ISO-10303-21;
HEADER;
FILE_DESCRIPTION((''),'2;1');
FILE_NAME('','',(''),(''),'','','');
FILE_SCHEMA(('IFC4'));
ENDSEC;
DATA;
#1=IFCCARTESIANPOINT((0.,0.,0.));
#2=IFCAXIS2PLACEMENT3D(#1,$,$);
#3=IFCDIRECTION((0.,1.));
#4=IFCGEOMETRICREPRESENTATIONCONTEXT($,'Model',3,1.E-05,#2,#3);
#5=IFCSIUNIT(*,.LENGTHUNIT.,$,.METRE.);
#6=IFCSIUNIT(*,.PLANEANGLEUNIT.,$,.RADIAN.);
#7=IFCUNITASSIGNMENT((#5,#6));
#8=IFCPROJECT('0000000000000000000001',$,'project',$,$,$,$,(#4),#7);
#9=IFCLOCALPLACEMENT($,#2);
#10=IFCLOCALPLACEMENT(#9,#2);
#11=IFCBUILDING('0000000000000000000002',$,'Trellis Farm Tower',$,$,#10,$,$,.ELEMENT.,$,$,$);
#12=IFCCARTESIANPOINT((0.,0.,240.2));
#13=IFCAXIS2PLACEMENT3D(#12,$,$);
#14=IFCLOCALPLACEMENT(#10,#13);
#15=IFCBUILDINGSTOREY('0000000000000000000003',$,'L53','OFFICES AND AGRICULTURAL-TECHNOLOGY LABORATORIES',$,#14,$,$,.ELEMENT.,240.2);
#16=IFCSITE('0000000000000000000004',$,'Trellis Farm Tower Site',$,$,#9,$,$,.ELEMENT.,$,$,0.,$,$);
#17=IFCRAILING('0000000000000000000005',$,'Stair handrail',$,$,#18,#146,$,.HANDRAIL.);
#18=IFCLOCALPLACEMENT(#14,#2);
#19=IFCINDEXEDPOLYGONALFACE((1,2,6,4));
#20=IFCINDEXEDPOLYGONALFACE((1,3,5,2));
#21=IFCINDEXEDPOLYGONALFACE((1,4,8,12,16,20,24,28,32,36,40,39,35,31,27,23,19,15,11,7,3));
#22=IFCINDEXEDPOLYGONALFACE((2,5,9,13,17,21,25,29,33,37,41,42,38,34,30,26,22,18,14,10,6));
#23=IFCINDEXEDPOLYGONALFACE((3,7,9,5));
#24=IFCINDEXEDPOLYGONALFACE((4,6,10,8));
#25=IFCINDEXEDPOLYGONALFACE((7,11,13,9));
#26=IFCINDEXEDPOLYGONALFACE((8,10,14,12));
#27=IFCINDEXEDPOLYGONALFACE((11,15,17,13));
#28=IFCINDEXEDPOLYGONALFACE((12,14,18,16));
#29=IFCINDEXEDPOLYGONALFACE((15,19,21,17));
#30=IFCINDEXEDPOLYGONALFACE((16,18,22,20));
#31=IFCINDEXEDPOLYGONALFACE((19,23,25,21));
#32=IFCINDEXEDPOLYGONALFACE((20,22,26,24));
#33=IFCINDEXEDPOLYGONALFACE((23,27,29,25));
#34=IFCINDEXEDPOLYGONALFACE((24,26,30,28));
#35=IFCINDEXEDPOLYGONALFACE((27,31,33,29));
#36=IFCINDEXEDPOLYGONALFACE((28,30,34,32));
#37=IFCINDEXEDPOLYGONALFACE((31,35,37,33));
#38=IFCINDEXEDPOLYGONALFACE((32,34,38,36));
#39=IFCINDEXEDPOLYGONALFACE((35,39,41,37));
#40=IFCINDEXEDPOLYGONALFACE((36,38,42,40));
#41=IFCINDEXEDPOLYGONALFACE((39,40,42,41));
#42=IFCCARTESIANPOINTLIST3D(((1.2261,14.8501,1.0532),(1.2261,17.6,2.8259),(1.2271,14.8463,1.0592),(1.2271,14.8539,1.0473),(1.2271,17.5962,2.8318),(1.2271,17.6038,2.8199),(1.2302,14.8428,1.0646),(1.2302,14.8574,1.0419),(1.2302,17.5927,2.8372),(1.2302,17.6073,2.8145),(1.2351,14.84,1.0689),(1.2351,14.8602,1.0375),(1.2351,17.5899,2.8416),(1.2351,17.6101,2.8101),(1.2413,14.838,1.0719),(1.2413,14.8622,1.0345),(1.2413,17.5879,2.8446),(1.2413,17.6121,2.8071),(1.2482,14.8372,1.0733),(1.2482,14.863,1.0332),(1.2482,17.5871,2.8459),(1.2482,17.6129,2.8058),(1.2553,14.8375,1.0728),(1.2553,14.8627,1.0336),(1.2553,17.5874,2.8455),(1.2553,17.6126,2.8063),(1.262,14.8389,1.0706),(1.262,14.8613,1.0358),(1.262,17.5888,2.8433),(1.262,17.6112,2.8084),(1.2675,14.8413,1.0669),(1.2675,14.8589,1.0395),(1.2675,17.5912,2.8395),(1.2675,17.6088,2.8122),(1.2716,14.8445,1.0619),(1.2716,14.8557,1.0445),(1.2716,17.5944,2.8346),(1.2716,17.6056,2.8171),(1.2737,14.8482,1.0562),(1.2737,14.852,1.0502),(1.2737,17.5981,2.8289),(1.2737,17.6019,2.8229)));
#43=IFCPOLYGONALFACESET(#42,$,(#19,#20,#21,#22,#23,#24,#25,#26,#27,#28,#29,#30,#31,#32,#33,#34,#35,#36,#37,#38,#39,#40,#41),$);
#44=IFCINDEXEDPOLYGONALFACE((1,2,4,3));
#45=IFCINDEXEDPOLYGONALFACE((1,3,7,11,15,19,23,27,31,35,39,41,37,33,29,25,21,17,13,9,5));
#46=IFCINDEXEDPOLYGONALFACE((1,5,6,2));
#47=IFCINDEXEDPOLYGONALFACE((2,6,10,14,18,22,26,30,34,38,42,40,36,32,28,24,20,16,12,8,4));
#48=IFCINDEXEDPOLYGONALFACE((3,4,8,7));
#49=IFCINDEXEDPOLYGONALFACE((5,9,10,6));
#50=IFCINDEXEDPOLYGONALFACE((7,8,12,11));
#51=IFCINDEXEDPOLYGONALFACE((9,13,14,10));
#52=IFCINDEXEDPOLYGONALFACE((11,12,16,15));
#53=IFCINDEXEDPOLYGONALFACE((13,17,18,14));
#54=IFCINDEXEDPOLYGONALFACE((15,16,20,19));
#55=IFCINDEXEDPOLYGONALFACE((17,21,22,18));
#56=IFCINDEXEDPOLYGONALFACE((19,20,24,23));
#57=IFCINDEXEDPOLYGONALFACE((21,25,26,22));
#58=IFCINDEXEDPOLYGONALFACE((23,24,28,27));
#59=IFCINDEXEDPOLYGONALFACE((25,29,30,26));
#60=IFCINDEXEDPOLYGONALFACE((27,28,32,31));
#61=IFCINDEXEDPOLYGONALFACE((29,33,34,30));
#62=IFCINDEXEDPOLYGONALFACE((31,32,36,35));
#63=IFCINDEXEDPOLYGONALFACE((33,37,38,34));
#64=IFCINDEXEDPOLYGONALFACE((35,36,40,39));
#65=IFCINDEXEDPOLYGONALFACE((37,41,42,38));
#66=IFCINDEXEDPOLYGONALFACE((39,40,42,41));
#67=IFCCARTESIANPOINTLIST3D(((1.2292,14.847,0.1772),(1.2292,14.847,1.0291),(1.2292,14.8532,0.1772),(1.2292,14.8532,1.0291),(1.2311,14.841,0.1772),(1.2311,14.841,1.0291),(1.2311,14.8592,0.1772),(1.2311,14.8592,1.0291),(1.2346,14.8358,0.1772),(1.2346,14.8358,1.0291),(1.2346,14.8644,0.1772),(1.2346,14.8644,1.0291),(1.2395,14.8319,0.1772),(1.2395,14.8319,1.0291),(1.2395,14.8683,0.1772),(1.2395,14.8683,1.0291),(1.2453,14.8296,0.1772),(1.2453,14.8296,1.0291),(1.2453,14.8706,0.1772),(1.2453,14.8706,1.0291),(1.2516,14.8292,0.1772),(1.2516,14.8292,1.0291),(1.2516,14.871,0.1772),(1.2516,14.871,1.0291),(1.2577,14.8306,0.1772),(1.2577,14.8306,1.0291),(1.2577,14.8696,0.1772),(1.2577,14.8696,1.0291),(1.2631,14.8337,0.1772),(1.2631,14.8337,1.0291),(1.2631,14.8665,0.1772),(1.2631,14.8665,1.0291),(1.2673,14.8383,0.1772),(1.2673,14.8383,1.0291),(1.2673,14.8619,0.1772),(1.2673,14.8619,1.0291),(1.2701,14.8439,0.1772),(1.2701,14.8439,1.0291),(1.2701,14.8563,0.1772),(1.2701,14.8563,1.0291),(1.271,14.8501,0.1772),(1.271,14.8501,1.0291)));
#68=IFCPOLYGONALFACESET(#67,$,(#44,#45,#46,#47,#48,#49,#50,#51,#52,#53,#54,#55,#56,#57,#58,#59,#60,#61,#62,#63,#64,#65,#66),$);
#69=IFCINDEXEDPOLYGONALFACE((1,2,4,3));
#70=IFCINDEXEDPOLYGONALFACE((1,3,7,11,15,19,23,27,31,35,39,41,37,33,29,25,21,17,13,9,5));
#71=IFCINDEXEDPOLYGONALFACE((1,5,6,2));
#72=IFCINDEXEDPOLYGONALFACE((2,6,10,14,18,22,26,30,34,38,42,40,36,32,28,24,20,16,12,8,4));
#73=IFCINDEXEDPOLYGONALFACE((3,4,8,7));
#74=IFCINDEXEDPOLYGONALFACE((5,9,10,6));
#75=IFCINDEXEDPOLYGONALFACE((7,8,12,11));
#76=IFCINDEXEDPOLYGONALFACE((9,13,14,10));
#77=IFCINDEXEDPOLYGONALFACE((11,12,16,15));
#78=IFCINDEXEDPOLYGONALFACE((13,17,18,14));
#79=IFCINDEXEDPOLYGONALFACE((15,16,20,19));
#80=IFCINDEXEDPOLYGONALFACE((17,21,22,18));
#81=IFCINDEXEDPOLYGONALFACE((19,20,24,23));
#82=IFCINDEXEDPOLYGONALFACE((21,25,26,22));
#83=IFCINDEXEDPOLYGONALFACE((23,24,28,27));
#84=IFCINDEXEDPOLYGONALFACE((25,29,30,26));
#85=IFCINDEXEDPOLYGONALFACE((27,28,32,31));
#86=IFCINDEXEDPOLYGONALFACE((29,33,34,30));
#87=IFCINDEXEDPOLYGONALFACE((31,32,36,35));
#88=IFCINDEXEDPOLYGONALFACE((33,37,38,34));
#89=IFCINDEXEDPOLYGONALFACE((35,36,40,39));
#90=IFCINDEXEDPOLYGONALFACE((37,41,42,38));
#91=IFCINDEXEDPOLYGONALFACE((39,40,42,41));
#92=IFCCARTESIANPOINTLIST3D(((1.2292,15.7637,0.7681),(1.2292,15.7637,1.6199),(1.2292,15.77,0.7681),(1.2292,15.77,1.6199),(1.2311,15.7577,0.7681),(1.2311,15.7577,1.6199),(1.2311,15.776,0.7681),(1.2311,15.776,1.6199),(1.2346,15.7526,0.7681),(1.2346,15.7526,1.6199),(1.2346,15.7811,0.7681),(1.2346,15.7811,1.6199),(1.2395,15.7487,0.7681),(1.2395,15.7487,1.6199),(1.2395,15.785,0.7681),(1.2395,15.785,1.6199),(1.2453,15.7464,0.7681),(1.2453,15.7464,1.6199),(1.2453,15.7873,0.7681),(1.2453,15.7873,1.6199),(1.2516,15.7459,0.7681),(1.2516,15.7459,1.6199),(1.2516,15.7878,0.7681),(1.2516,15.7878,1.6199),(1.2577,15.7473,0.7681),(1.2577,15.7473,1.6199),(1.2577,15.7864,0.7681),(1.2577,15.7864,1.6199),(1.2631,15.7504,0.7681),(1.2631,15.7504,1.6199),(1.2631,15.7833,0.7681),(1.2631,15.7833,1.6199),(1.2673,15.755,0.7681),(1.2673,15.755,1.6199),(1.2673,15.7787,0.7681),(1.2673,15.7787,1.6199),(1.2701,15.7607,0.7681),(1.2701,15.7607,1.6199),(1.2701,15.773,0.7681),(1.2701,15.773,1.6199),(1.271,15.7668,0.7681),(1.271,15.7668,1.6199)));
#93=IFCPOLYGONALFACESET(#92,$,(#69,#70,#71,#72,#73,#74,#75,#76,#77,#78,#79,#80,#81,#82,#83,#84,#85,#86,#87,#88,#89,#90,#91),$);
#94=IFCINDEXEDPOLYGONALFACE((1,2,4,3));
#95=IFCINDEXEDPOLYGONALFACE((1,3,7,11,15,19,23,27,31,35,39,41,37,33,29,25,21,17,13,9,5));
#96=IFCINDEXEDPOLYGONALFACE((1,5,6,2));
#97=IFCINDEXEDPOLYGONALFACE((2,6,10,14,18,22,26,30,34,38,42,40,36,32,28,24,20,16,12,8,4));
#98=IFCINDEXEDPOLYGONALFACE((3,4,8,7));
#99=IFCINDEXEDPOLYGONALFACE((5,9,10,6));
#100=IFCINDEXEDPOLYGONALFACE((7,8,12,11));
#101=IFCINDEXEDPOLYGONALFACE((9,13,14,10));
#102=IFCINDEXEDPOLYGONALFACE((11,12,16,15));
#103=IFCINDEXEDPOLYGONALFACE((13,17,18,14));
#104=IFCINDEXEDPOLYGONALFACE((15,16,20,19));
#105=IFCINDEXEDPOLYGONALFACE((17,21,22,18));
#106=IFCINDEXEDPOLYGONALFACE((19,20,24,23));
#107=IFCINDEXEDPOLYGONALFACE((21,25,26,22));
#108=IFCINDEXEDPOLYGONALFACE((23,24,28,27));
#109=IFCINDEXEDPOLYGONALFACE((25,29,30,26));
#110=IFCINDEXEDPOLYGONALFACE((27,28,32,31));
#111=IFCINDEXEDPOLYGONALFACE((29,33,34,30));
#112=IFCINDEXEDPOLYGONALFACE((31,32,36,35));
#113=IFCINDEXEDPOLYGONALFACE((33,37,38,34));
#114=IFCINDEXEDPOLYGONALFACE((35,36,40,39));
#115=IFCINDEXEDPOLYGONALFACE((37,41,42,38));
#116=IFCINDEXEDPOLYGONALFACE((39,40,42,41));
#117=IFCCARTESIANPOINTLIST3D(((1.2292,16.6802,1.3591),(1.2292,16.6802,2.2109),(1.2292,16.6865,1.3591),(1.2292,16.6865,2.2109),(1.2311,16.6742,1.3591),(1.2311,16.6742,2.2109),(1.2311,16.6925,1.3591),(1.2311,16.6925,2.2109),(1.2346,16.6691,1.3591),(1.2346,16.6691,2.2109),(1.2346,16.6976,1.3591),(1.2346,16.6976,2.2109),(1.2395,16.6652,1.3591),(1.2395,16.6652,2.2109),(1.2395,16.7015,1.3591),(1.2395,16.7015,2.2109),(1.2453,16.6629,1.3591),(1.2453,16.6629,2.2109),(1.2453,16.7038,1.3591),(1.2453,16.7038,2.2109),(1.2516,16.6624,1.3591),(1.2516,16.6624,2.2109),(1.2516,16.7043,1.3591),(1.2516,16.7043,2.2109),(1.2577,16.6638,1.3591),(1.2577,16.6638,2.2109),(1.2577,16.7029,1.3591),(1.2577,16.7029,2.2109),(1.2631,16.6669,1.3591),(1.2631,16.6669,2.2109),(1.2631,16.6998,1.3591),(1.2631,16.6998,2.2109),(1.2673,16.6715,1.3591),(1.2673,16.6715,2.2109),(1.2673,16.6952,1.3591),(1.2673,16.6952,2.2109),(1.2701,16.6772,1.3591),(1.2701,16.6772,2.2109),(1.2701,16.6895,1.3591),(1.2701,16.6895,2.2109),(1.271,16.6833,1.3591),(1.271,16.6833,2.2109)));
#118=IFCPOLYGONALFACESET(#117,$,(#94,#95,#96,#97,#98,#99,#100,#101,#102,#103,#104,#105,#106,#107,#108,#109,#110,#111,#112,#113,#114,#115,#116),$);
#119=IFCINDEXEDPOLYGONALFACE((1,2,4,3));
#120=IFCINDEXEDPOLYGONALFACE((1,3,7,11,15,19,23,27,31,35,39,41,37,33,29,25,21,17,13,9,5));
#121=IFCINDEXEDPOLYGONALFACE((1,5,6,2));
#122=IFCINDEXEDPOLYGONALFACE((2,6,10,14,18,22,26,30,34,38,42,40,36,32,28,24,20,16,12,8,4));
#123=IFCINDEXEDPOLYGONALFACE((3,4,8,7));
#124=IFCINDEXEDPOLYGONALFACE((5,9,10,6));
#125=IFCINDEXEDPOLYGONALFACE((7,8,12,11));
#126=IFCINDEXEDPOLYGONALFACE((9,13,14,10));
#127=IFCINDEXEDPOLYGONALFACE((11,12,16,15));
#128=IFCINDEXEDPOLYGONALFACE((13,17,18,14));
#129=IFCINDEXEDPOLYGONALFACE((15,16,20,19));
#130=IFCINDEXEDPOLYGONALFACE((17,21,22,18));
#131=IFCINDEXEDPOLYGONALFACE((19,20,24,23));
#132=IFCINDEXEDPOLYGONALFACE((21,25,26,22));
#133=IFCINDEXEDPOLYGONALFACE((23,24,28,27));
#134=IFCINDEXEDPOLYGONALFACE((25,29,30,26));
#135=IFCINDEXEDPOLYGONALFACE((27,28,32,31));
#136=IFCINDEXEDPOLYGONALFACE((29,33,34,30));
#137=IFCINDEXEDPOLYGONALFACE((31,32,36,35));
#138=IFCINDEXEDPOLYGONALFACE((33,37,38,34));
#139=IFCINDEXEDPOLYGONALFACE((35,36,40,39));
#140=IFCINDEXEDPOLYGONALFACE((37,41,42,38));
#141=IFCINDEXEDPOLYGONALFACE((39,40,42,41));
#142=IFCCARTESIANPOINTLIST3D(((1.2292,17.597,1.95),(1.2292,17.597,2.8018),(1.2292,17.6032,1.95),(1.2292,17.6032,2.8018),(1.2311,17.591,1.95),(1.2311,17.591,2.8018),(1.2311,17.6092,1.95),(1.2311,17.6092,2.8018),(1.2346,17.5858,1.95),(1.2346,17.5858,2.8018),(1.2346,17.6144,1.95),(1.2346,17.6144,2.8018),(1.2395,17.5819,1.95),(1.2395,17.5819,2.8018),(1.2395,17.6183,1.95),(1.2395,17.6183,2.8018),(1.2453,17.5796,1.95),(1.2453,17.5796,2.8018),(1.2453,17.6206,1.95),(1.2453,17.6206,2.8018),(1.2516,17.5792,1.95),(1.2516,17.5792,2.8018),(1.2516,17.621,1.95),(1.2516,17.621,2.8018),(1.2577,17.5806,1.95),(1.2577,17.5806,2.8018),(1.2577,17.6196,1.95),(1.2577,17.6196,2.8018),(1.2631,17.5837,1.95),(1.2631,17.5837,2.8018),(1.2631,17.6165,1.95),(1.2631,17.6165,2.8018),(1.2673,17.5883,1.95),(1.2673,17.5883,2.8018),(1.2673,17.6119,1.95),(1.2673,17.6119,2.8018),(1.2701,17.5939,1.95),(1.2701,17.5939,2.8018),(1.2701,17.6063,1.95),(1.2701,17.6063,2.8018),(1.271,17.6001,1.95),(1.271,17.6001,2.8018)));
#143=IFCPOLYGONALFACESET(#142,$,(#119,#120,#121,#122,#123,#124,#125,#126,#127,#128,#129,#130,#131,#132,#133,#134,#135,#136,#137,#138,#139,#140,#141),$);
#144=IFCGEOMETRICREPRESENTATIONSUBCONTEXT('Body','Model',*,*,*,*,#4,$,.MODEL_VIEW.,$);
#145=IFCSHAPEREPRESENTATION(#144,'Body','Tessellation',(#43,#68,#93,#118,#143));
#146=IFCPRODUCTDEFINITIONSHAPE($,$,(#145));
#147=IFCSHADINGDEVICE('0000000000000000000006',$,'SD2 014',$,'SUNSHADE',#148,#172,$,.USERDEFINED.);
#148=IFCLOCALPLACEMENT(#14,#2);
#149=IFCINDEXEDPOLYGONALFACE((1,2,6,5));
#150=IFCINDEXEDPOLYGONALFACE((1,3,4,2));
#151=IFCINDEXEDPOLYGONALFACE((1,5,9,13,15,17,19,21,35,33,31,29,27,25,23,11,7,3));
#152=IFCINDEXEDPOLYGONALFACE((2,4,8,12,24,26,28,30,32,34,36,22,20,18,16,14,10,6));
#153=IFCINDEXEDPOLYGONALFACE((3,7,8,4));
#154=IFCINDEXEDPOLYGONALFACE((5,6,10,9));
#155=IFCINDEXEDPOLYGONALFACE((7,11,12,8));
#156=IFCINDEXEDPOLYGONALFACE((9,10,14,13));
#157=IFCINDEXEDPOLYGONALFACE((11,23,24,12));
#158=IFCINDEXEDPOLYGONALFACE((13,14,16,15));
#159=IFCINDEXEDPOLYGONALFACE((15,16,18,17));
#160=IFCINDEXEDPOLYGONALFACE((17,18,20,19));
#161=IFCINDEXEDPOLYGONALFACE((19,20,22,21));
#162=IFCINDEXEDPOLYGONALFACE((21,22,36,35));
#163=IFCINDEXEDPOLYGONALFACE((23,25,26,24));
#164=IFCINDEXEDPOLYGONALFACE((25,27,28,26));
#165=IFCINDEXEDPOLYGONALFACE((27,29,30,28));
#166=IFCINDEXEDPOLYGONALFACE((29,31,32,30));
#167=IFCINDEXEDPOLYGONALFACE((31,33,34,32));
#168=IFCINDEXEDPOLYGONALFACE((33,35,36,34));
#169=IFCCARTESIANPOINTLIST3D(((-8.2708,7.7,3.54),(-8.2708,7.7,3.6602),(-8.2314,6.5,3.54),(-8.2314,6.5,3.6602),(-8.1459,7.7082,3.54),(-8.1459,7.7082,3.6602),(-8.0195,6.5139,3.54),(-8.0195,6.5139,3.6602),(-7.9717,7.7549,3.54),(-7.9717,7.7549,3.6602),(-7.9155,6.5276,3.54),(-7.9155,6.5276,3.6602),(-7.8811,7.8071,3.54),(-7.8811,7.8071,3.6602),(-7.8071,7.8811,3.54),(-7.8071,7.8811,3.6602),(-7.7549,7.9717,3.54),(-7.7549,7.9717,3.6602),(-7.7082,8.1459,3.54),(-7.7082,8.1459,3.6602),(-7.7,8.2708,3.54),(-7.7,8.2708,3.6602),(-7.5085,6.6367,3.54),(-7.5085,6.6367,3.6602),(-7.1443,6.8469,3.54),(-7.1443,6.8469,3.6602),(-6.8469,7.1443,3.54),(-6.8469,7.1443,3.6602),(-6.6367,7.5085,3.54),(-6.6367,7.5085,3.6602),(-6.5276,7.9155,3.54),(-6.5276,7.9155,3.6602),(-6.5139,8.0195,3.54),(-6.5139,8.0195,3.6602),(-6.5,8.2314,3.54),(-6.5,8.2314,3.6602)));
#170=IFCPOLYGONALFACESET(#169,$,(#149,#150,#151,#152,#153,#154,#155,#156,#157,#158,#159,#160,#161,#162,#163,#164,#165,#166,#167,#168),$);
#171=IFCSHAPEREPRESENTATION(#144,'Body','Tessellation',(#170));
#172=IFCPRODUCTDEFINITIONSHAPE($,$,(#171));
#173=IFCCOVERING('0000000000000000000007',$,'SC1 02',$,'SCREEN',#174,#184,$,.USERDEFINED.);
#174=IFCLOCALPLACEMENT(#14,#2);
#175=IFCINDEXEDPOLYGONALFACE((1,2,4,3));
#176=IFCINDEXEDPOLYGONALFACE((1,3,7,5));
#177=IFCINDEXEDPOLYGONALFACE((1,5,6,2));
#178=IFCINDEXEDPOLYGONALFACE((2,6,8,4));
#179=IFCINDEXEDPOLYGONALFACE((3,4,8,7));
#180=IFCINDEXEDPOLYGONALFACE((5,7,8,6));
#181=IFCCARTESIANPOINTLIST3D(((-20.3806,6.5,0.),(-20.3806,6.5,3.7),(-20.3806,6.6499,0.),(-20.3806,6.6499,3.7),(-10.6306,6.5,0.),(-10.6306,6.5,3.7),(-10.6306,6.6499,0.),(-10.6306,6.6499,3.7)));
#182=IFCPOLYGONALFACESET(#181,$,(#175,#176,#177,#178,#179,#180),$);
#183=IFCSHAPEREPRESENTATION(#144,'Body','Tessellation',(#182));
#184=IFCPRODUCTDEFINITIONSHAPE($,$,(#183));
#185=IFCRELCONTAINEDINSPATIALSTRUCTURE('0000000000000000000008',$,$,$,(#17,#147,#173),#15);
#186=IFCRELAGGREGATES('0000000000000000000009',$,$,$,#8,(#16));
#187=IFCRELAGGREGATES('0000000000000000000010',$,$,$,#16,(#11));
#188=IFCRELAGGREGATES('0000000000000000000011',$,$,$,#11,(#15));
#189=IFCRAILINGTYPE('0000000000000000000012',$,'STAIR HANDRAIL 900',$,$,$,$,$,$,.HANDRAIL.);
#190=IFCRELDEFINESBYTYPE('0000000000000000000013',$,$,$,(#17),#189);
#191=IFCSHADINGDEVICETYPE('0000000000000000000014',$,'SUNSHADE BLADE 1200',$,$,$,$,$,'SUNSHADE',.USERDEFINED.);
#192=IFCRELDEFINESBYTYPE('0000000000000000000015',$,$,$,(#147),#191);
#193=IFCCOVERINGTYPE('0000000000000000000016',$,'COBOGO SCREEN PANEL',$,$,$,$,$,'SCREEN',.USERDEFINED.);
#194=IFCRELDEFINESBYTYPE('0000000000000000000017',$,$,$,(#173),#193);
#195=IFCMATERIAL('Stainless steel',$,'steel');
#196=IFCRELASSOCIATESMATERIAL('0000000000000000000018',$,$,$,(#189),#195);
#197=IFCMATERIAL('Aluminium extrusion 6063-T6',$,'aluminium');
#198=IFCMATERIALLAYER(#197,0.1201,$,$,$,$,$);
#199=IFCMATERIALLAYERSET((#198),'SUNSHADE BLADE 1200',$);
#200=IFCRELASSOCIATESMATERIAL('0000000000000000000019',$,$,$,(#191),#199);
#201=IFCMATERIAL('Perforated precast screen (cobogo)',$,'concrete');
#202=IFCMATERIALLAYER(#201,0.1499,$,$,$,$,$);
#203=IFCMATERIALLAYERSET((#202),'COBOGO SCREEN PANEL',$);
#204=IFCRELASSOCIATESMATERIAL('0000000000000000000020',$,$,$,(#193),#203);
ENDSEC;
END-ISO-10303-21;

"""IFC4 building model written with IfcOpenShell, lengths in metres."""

from ifc_helpers import new_model, si_unit, direction, frame, origin, origin_2d, place, context, subcontext, project, spatial, polyline, circle, outline, extrude, source, transform, mapped, material, layer, layer_set, type_object, element, save


model = new_model("IFC4")

# Units and contexts
model_context = context("Model", 3, precision=1e-05, world=origin(), true_north=direction((0.0, 1.0)))
body_context = subcontext(model_context, "Body", "Model", "MODEL_VIEW")
ifc_project = project(units=[si_unit("LENGTHUNIT", "METRE"), si_unit("PLANEANGLEUNIT", "RADIAN")], contexts=[model_context])

# Site, building, storey
site_placement = place(None, origin())
site = spatial("IfcSite", under=ifc_project, at=site_placement, Name="Trellis Farm Tower Site", CompositionType="ELEMENT", RefElevation=0.0)
building_placement = place(site_placement, origin())
building = spatial("IfcBuilding", under=site, at=building_placement, Name="Trellis Farm Tower", CompositionType="ELEMENT")
storey_placement = place(building_placement, frame((0.0, 0.0, 240.2)))
storey = spatial("IfcBuildingStorey", under=building, at=storey_placement, Name="L53", Description="OFFICES AND AGRICULTURAL-TECHNOLOGY LABORATORIES", CompositionType="ELEMENT", Elevation=240.2)

# Shared definitions
placement_1 = place(storey_placement, origin())
ifc_material_1 = material(Name="Aluminium extrusion 6063-T6", Category="aluminium")

# Railing
ifc_material_2 = material(Name="Stainless steel", Category="steel")
railing_type = type_object("IfcRailingType", Name="STAIR HANDRAIL 900", PredefinedType="HANDRAIL", material=ifc_material_2)
shared_shape_1 = source(origin(), body_context, "Body", "SweptSolid", [
    extrude(circle(Radius=0.0239, at=origin_2d()), frame((0.0, 0.0, 0.876), z_axis=(0.0, 0.840504, 0.541806), x_axis=(-1.0, 0.0, 0.0)), (0.0, 0.0, 1.0), 3.2717),
    extrude(circle(Radius=0.021, at=origin_2d()), origin(), (0.0, 0.0, 1.0), 0.8518),
    extrude(circle(Radius=0.021, at=origin_2d()), frame((0.0, 0.9167, 0.5908)), (0.0, 0.0, 1.0), 0.8518),
    extrude(circle(Radius=0.021, at=origin_2d()), frame((0.0, 1.8333, 1.1819)), (0.0, 0.0, 1.0), 0.8518),
    extrude(circle(Radius=0.021, at=origin_2d()), frame((0.0, 2.75, 1.7727)), (0.0, 0.0, 1.0), 0.8518),
])
railing_placement = place(storey_placement, frame((1.25, 14.8501, 0.1772)))
element("IfcRailing", 1, at=railing_placement, inside=storey, type_object=railing_type, Name="Stair handrail", PredefinedType="HANDRAIL", context=body_context, shape_type="MappedRepresentation", body=[
    mapped(shared_shape_1, transform((0.0, 0.0, 0.0))),
])

# Shading device
ifc_layer_1 = layer(ifc_material_1, 0.1201)
ifc_layer_set_1 = layer_set([ifc_layer_1], Name="SUNSHADE BLADE 1200")
shading_device_type_1 = type_object("IfcShadingDeviceType", Name="SUNSHADE BLADE 1200", ElementType="SUNSHADE", PredefinedType="USERDEFINED", material=ifc_layer_set_1)
shared_shape_2 = source(origin(), body_context, "Body", "SweptSolid", [
    extrude(outline(polyline([(-7.7, 8.2708), (-7.7087, 8.1372), (-7.707, 8.1501), (-7.7549, 7.9717), (-7.8071, 7.8811), (-7.8811, 7.8071), (-7.9717, 7.7549), (-8.1501, 7.707), (-8.1372, 7.7087), (-8.2708, 7.7), (-8.2314, 6.5), (-8.0195, 6.5139), (-7.9155, 6.5276), (-7.5085, 6.6367), (-7.1443, 6.8469), (-6.8469, 7.1443), (-6.6367, 7.5085), (-6.5276, 7.9155), (-6.5139, 8.0195), (-6.5, 8.2314), (-7.7, 8.2708)])), origin(), (0.0, 0.0, 1.0), 0.1201),
])
placement_2 = place(storey_placement, frame((0.0, 0.0, 3.54)))
element("IfcShadingDevice", 2, at=placement_2, inside=storey, type_object=shading_device_type_1, Name="SD2 014", ObjectType="SUNSHADE", PredefinedType="USERDEFINED", context=body_context, shape_type="MappedRepresentation", body=[
    mapped(shared_shape_2, transform((0.0, 0.0, 0.0))),
])

# Covering
ifc_material_3 = material(Name="Perforated precast screen (cobogo)", Category="concrete")
ifc_layer_2 = layer(ifc_material_3, 0.1499)
ifc_layer_set_2 = layer_set([ifc_layer_2], Name="COBOGO SCREEN PANEL")
covering_type = type_object("IfcCoveringType", Name="COBOGO SCREEN PANEL", ElementType="SCREEN", PredefinedType="USERDEFINED", material=ifc_layer_set_2)
shared_shape_3 = source(origin(), body_context, "Body", "SweptSolid", [
    extrude(outline(polyline([(-10.6306, 6.6499), (-20.3806, 6.6499), (-20.3806, 6.5), (-10.6306, 6.5), (-10.6306, 6.6499)])), origin(), (0.0, 0.0, 1.0), 3.7),
])
element("IfcCovering", 3, at=placement_1, inside=storey, type_object=covering_type, Name="SC1 02", ObjectType="SCREEN", PredefinedType="USERDEFINED", context=body_context, shape_type="MappedRepresentation", body=[
    mapped(shared_shape_3, transform((0.0, 0.0, 0.0))),
])

save(model, "model.ifc")
